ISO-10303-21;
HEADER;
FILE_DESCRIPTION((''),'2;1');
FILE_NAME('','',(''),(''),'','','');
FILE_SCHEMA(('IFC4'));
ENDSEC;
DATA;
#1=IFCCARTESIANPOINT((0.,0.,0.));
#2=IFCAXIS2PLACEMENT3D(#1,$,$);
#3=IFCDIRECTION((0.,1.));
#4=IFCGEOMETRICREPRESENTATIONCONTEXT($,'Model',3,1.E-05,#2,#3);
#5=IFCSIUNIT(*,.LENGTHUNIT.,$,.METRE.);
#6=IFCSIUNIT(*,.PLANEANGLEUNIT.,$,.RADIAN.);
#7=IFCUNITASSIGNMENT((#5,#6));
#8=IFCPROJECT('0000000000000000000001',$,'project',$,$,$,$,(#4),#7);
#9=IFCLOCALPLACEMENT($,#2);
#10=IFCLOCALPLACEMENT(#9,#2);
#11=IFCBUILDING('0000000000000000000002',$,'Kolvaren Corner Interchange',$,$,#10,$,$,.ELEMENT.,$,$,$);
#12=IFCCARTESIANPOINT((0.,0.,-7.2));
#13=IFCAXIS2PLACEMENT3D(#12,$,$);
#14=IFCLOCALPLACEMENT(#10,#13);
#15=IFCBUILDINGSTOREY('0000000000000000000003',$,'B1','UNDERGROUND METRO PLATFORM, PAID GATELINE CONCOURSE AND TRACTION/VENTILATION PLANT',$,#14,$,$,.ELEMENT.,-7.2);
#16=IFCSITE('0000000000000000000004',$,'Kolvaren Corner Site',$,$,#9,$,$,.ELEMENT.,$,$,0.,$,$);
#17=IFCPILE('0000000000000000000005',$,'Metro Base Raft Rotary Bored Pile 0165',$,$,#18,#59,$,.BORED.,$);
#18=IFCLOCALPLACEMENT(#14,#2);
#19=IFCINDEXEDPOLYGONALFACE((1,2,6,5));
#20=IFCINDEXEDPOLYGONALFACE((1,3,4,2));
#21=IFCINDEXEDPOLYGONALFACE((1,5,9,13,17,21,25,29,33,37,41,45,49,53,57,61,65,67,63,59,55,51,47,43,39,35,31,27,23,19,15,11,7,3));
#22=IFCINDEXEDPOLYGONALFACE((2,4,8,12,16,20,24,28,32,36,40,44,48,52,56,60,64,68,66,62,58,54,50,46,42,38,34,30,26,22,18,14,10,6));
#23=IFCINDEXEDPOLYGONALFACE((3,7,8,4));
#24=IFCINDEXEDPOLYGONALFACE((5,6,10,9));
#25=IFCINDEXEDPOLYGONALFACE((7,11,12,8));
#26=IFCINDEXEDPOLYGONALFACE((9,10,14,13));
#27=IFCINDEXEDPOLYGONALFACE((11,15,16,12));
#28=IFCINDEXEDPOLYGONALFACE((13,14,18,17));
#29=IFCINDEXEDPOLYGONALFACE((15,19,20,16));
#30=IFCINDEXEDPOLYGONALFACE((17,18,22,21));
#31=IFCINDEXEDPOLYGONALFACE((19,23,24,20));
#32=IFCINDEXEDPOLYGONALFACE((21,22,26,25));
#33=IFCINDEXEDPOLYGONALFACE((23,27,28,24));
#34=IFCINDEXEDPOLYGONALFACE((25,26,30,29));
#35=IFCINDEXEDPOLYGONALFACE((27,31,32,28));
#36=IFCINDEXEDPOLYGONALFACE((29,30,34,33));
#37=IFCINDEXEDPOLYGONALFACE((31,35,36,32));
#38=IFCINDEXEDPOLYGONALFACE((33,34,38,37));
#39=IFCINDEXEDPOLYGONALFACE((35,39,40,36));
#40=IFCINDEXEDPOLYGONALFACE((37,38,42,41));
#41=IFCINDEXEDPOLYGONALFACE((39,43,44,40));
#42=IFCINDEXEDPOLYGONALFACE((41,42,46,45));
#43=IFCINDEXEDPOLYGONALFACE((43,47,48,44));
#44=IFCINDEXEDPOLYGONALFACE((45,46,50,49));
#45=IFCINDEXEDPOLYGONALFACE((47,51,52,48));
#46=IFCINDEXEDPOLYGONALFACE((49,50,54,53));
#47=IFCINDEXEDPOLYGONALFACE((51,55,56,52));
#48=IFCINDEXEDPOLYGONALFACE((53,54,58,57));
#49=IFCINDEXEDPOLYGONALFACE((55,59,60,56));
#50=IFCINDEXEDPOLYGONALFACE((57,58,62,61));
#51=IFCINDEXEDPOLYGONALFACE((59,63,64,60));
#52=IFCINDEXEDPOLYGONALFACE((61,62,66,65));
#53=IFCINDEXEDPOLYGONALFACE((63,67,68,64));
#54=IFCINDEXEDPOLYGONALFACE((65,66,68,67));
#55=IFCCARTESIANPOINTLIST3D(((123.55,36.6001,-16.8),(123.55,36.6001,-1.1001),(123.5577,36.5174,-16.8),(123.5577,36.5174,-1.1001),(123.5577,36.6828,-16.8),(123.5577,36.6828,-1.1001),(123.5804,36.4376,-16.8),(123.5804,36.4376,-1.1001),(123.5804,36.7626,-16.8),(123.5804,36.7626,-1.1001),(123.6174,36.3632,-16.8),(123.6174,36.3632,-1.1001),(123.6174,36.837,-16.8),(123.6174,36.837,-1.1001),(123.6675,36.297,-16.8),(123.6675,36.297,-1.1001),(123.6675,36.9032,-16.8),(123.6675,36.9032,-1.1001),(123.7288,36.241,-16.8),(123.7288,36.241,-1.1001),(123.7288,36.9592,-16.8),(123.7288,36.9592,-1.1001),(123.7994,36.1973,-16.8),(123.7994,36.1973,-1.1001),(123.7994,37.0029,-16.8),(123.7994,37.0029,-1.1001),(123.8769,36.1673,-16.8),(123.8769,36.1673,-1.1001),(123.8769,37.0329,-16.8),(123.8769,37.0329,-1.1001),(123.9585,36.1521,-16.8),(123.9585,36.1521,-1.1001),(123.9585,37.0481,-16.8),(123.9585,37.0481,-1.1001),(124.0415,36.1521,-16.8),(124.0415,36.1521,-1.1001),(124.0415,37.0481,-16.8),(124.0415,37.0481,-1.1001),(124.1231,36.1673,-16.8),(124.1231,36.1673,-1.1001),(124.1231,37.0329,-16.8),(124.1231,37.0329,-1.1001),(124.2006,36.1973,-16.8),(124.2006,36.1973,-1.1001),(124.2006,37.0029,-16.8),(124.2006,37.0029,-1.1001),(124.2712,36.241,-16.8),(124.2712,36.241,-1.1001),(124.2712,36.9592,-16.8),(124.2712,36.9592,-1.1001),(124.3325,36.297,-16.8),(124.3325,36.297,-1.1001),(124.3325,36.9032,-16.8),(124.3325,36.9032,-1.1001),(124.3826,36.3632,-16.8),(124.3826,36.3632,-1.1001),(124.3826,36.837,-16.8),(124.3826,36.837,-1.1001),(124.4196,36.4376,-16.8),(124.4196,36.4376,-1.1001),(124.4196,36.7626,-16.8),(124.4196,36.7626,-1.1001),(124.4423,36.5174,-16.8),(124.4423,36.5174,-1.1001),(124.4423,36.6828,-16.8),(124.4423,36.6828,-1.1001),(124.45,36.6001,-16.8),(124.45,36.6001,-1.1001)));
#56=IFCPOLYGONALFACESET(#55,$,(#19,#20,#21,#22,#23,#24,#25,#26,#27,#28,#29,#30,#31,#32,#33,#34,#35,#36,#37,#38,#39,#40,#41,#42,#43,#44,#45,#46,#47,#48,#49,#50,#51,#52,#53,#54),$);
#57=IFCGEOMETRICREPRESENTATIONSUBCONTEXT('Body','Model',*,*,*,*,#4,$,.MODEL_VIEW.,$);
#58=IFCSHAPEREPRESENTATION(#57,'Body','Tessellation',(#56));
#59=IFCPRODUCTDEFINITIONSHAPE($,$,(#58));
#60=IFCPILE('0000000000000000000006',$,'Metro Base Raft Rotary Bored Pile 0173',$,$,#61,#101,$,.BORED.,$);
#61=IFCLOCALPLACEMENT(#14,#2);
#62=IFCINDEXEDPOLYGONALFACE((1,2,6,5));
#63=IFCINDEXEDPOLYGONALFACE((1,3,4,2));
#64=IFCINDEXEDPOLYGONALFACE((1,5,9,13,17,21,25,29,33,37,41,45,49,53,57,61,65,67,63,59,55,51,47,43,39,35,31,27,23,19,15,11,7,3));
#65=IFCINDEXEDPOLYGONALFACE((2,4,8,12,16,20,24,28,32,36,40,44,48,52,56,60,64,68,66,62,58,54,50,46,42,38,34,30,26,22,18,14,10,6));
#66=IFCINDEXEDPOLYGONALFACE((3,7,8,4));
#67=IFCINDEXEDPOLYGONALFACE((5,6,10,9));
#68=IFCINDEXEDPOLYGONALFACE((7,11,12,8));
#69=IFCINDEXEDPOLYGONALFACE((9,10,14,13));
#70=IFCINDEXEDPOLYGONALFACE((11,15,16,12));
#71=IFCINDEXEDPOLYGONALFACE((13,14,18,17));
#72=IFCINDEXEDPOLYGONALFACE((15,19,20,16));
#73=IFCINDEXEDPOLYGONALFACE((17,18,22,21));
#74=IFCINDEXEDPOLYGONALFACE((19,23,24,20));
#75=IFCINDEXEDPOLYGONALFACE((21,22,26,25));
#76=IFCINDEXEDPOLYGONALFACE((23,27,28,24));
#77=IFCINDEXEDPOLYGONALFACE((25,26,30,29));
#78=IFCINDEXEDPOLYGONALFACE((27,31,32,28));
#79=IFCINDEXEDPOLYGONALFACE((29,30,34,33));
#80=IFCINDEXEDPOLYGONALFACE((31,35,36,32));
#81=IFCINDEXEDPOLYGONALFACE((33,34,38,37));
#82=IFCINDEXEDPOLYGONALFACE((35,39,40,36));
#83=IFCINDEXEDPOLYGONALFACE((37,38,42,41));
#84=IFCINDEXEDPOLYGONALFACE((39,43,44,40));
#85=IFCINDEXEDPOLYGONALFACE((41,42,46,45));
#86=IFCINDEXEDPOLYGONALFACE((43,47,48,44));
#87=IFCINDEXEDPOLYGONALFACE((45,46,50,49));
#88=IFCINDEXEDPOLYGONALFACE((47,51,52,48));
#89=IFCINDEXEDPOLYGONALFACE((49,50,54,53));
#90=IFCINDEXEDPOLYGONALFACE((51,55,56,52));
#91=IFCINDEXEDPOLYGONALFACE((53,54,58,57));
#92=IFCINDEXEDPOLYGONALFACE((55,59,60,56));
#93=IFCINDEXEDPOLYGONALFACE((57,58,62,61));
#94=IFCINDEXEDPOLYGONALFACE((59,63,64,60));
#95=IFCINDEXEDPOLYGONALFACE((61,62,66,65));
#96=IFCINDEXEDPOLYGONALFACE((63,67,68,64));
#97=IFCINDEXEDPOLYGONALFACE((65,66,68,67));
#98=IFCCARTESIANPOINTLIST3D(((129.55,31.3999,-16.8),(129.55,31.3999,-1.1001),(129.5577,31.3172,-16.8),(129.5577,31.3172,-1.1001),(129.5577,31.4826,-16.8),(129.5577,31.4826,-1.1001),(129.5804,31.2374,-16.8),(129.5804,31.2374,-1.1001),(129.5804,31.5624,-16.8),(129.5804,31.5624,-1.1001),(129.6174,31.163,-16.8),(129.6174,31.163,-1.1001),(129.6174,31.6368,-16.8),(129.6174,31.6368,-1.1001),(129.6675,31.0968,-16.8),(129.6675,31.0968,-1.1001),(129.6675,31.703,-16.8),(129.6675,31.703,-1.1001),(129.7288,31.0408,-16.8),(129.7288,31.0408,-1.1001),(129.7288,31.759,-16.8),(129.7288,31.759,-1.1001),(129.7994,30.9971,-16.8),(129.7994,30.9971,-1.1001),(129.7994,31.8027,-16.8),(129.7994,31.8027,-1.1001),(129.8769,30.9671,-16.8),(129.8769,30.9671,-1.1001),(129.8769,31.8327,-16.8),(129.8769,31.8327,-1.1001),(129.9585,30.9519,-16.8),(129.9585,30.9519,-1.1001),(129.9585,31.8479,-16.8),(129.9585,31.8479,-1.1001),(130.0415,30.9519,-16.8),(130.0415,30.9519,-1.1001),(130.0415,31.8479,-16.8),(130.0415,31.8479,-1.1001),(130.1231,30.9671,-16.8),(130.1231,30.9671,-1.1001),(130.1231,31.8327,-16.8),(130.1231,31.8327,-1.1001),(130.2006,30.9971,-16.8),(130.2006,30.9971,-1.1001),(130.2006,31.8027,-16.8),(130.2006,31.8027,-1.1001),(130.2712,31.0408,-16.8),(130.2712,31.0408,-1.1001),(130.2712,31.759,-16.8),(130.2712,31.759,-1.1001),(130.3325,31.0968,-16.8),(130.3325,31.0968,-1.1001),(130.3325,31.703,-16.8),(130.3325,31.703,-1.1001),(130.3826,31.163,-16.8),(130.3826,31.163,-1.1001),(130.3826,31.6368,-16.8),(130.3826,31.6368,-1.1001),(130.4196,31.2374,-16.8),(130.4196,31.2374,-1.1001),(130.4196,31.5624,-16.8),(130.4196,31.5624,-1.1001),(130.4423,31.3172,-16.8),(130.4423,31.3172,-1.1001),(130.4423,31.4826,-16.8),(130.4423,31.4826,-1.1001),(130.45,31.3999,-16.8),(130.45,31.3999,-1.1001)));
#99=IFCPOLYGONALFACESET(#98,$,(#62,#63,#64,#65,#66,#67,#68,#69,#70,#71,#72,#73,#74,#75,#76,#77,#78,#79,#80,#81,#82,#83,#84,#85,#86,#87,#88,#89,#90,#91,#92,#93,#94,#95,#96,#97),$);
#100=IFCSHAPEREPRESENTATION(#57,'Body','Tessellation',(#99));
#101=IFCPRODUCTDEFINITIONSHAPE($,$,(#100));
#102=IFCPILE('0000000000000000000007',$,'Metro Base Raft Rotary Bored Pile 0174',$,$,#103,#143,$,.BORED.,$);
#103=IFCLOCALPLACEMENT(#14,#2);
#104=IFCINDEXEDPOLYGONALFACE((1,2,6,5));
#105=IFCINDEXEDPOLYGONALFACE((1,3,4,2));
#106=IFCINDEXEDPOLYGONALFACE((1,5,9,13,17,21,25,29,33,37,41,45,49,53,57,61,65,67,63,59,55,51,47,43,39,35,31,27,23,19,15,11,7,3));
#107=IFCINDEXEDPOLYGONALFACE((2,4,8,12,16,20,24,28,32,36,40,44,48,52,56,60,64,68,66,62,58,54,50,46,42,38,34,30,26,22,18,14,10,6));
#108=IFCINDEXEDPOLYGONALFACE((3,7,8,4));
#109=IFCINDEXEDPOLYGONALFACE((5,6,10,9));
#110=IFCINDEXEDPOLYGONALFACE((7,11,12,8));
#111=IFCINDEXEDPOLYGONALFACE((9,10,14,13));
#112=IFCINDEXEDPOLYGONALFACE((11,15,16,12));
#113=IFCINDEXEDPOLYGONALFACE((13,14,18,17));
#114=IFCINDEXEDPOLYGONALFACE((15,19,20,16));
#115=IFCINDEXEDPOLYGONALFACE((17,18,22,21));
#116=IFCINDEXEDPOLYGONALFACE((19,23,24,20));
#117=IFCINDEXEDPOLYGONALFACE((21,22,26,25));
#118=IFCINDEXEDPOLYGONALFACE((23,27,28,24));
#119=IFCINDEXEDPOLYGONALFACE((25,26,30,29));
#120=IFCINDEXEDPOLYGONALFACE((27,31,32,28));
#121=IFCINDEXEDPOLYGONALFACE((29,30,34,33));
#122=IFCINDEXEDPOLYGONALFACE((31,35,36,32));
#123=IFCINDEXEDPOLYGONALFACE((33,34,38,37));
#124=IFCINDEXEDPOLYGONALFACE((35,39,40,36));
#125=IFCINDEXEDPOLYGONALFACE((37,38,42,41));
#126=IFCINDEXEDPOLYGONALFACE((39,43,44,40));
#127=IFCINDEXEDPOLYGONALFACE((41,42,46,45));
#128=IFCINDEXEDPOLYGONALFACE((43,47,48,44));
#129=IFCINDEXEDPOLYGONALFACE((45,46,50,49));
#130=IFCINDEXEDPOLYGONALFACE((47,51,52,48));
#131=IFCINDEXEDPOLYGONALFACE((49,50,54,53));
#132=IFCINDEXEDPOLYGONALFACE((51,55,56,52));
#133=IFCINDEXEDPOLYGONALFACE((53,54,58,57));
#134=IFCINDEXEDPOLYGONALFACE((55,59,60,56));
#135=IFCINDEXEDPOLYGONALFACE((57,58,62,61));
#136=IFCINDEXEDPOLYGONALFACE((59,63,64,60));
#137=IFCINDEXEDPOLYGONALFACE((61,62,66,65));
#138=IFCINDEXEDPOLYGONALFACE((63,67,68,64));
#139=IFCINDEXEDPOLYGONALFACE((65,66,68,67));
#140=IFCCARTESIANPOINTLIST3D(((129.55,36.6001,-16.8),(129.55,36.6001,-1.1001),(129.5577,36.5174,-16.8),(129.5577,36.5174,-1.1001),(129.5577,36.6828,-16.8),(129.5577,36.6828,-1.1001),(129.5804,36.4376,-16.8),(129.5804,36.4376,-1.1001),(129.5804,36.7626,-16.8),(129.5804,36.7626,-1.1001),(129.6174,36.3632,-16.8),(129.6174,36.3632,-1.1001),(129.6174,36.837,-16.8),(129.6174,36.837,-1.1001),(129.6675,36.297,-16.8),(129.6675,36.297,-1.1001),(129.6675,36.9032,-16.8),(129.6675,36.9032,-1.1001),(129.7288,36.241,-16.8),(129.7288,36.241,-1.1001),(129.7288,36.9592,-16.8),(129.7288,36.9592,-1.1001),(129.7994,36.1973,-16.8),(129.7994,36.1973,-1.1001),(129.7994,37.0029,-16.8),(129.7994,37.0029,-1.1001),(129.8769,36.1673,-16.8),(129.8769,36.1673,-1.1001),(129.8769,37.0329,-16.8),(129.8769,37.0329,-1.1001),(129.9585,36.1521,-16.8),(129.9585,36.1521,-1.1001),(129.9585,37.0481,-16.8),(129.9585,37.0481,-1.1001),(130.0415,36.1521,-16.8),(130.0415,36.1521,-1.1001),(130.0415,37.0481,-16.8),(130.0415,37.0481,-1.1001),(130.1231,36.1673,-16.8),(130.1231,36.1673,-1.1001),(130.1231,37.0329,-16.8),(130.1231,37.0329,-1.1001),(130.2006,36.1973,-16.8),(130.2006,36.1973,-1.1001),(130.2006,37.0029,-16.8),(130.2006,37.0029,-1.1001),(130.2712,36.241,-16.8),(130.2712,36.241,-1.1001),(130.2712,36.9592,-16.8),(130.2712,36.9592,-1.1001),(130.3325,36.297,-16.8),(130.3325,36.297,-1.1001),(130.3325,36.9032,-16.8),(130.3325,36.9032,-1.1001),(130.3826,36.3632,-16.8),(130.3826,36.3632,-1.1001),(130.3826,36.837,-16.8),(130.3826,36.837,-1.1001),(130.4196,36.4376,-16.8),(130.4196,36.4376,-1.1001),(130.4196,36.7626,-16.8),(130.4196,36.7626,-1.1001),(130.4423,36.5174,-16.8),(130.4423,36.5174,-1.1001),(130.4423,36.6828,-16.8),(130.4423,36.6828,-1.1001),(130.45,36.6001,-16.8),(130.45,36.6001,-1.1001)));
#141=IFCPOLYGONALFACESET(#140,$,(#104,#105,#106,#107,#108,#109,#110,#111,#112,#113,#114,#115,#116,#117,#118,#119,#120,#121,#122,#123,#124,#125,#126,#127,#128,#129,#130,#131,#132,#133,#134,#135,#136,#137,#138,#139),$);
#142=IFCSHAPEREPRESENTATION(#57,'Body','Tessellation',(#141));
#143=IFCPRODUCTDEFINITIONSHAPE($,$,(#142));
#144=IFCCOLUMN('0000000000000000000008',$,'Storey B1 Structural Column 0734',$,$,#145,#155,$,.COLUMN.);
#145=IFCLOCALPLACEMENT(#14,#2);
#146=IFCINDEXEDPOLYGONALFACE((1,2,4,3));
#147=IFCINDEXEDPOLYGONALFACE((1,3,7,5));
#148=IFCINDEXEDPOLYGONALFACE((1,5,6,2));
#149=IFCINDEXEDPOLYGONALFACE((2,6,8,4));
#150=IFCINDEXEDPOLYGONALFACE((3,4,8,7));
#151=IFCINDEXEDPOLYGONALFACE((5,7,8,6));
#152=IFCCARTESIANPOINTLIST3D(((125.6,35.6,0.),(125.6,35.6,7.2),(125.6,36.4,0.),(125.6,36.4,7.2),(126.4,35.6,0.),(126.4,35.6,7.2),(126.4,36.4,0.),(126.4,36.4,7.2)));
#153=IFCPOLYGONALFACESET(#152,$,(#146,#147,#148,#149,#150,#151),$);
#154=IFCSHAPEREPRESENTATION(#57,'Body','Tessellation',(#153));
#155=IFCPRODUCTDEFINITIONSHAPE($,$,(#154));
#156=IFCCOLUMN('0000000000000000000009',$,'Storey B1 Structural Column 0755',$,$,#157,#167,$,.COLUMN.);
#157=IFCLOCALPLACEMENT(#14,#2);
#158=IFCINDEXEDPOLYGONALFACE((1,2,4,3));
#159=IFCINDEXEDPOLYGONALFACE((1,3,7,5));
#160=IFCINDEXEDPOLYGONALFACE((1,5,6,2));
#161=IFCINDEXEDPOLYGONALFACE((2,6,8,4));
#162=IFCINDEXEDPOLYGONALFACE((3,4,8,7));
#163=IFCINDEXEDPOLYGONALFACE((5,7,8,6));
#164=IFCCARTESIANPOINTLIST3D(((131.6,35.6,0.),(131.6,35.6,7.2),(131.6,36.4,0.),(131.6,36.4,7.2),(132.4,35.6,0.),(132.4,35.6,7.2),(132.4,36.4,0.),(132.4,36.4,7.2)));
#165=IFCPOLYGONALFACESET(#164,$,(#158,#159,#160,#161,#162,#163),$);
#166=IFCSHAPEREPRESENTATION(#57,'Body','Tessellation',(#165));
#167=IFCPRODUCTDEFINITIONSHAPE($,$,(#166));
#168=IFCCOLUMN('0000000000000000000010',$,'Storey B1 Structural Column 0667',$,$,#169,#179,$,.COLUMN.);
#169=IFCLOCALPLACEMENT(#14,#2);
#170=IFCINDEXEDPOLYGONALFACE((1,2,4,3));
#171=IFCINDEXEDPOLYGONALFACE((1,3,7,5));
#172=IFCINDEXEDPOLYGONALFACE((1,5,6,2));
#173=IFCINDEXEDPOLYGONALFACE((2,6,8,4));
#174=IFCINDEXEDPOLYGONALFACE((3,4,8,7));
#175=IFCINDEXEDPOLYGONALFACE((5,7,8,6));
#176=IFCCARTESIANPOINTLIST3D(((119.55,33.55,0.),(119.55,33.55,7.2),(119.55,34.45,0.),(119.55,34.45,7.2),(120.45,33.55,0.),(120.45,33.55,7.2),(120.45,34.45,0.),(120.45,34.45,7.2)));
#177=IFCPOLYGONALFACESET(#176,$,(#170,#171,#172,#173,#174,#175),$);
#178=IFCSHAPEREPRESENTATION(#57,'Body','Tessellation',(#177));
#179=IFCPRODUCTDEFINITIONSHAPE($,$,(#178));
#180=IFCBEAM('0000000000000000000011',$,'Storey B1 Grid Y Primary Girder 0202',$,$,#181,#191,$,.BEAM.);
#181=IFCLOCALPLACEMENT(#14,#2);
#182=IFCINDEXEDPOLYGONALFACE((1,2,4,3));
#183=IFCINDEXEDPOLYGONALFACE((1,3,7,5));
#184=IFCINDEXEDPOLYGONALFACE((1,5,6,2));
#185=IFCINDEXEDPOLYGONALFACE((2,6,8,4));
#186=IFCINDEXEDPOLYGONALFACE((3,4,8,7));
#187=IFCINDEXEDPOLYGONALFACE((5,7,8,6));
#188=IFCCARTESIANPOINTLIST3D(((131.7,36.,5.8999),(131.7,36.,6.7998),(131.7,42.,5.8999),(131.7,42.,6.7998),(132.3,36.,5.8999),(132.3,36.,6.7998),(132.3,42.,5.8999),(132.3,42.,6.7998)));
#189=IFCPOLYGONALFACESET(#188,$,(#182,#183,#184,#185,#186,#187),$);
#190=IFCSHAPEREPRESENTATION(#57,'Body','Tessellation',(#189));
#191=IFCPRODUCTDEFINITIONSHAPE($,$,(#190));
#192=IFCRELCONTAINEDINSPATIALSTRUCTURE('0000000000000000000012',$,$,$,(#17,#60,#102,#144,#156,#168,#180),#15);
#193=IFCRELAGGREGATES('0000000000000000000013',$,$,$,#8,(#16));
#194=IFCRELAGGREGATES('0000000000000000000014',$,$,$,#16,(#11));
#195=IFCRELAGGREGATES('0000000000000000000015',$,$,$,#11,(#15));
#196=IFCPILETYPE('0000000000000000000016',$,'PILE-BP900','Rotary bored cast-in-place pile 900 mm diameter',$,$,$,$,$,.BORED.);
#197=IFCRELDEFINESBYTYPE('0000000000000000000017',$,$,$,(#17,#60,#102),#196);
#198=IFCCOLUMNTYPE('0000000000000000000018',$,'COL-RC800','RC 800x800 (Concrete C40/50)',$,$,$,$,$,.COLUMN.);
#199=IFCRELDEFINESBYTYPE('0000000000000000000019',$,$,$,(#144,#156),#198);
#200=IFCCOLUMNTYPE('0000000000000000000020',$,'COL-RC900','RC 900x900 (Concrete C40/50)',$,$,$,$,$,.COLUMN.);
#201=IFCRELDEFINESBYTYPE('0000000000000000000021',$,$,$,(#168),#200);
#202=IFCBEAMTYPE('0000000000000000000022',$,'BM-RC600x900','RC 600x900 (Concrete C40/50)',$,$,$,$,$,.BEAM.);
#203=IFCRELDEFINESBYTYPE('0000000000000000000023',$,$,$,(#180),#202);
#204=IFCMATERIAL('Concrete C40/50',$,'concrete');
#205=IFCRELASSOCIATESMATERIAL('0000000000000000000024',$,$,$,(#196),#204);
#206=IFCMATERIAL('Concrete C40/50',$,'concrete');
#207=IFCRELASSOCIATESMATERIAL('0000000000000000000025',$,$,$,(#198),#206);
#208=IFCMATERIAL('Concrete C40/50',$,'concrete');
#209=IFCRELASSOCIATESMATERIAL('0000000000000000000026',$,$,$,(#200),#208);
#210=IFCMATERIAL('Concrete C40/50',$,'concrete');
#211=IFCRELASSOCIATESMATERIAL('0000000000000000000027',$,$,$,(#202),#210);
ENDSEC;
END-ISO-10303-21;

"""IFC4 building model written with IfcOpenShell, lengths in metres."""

from ifc_helpers import new_model, si_unit, direction, frame, origin, origin_2d, place, context, subcontext, project, spatial, rectangle, circle, extrude, material, material_profile, profile_set, type_object, element, save


model = new_model("IFC4")

# Units and contexts
model_context = context("Model", 3, precision=1e-05, world=origin(), true_north=direction((0.0, 1.0)))
body_context = subcontext(model_context, "Body", "Model", "MODEL_VIEW")
ifc_project = project(units=[si_unit("LENGTHUNIT", "METRE"), si_unit("PLANEANGLEUNIT", "RADIAN")], contexts=[model_context])

# Site, building, storey
site_placement = place(None, origin())
site = spatial("IfcSite", under=ifc_project, at=site_placement, Name="Kolvaren Corner Site", CompositionType="ELEMENT", RefElevation=0.0)
building_placement = place(site_placement, origin())
building = spatial("IfcBuilding", under=site, at=building_placement, Name="Kolvaren Corner Interchange", CompositionType="ELEMENT")
storey_placement = place(building_placement, frame((0.0, 0.0, -7.2)))
storey = spatial("IfcBuildingStorey", under=building, at=storey_placement, Name="B1", Description="UNDERGROUND METRO PLATFORM, PAID GATELINE CONCOURSE AND TRACTION/VENTILATION PLANT", CompositionType="ELEMENT", Elevation=-7.2)

# Piles
ifc_material_1 = material(Name="Concrete C40/50", Category="concrete")
ifc_material_profile_1 = material_profile(ifc_material_1, circle(Radius=0.45, at=origin_2d()), Name="BORED PILE 900")
ifc_profile_set_1 = profile_set([ifc_material_profile_1], Name="Concrete C40/50")
pile_type_1 = type_object("IfcPileType", Name="PILE-BP900", Description="Rotary bored cast-in-place pile 900 mm diameter", PredefinedType="BORED", material=ifc_profile_set_1)
for number, where, z_axis, x_axis, name in (
    (1, (124.0, 36.6001, -1.1001), (0.0, 0.0, -1.0), (1.0, 0.0, 0.0), "Metro Base Raft Rotary Bored Pile 0165"),
    (2, (130.0, 31.3999, -1.1001), (0.0, 0.0, -1.0), (1.0, 0.0, 0.0), "Metro Base Raft Rotary Bored Pile 0173"),
    (3, (130.0, 36.6001, -1.1001), (0.0, 0.0, -1.0), (1.0, 0.0, 0.0), "Metro Base Raft Rotary Bored Pile 0174"),
):
    element("IfcPile", number, at=place(storey_placement, frame(where, z_axis=z_axis, x_axis=x_axis)), inside=storey, type_object=pile_type_1, Name=name, PredefinedType="BORED", context=body_context, shape_type="SweptSolid", body=[
        extrude(circle(Radius=0.45, at=origin_2d()), origin(), (0.0, 0.0, 1.0), 15.7),
    ])

# Columns
ifc_material_2 = material(Name="Concrete C40/50", Category="concrete")
ifc_material_profile_2 = material_profile(ifc_material_2, rectangle(XDim=0.8, YDim=0.8, at=origin_2d()), Name="RC 800x800")
ifc_profile_set_2 = profile_set([ifc_material_profile_2], Name="Concrete C40/50")
column_type_1 = type_object("IfcColumnType", Name="COL-RC800", Description="RC 800x800 (Concrete C40/50)", PredefinedType="COLUMN", material=ifc_profile_set_2)
for number, where, z_axis, x_axis, name in (
    (4, (126.0, 36.0, 0.0), (0.0, 0.0, 1.0), (1.0, 0.0, 0.0), "Storey B1 Structural Column 0734"),
    (5, (132.0, 36.0, 0.0), (0.0, 0.0, 1.0), (1.0, 0.0, 0.0), "Storey B1 Structural Column 0755"),
):
    element("IfcColumn", number, at=place(storey_placement, frame(where, z_axis=z_axis, x_axis=x_axis)), inside=storey, type_object=column_type_1, Name=name, PredefinedType="COLUMN", context=body_context, shape_type="SweptSolid", body=[
        extrude(rectangle(XDim=0.8, YDim=0.8, at=origin_2d()), origin(), (0.0, 0.0, 1.0), 7.2),
    ])
ifc_material_3 = material(Name="Concrete C40/50", Category="concrete")
ifc_material_profile_3 = material_profile(ifc_material_3, rectangle(XDim=0.8999, YDim=0.8999, at=origin_2d()), Name="RC 900x900")
ifc_profile_set_3 = profile_set([ifc_material_profile_3], Name="Concrete C40/50")
column_type_2 = type_object("IfcColumnType", Name="COL-RC900", Description="RC 900x900 (Concrete C40/50)", PredefinedType="COLUMN", material=ifc_profile_set_3)
column_placement = place(storey_placement, frame((120.0, 34.0, 0.0), z_axis=(0.0, 0.0, 1.0), x_axis=(1.0, 0.0, 0.0)))
element("IfcColumn", 6, at=column_placement, inside=storey, type_object=column_type_2, Name="Storey B1 Structural Column 0667", PredefinedType="COLUMN", context=body_context, shape_type="SweptSolid", body=[
    extrude(rectangle(XDim=0.8999, YDim=0.8999, at=origin_2d()), origin(), (0.0, 0.0, 1.0), 7.2),
])

# Beam
ifc_material_4 = material(Name="Concrete C40/50", Category="concrete")
ifc_material_profile_4 = material_profile(ifc_material_4, rectangle(XDim=0.6001, YDim=0.8999, at=origin_2d()), Name="RC 600x900")
ifc_profile_set_4 = profile_set([ifc_material_profile_4], Name="Concrete C40/50")
beam_type_1 = type_object("IfcBeamType", Name="BM-RC600x900", Description="RC 600x900 (Concrete C40/50)", PredefinedType="BEAM", material=ifc_profile_set_4)
beam_1_placement = place(storey_placement, frame((132.0, 36.0, 6.3499), z_axis=(0.0, 1.0, 0.0), x_axis=(-1.0, 0.0, 0.0)))
element("IfcBeam", 7, at=beam_1_placement, inside=storey, type_object=beam_type_1, Name="Storey B1 Grid Y Primary Girder 0202", PredefinedType="BEAM", context=body_context, shape_type="SweptSolid", body=[
    extrude(rectangle(XDim=0.6001, YDim=0.8999, at=origin_2d()), origin(), (0.0, 0.0, 1.0), 6.0),
])

save(model, "model.ifc")
